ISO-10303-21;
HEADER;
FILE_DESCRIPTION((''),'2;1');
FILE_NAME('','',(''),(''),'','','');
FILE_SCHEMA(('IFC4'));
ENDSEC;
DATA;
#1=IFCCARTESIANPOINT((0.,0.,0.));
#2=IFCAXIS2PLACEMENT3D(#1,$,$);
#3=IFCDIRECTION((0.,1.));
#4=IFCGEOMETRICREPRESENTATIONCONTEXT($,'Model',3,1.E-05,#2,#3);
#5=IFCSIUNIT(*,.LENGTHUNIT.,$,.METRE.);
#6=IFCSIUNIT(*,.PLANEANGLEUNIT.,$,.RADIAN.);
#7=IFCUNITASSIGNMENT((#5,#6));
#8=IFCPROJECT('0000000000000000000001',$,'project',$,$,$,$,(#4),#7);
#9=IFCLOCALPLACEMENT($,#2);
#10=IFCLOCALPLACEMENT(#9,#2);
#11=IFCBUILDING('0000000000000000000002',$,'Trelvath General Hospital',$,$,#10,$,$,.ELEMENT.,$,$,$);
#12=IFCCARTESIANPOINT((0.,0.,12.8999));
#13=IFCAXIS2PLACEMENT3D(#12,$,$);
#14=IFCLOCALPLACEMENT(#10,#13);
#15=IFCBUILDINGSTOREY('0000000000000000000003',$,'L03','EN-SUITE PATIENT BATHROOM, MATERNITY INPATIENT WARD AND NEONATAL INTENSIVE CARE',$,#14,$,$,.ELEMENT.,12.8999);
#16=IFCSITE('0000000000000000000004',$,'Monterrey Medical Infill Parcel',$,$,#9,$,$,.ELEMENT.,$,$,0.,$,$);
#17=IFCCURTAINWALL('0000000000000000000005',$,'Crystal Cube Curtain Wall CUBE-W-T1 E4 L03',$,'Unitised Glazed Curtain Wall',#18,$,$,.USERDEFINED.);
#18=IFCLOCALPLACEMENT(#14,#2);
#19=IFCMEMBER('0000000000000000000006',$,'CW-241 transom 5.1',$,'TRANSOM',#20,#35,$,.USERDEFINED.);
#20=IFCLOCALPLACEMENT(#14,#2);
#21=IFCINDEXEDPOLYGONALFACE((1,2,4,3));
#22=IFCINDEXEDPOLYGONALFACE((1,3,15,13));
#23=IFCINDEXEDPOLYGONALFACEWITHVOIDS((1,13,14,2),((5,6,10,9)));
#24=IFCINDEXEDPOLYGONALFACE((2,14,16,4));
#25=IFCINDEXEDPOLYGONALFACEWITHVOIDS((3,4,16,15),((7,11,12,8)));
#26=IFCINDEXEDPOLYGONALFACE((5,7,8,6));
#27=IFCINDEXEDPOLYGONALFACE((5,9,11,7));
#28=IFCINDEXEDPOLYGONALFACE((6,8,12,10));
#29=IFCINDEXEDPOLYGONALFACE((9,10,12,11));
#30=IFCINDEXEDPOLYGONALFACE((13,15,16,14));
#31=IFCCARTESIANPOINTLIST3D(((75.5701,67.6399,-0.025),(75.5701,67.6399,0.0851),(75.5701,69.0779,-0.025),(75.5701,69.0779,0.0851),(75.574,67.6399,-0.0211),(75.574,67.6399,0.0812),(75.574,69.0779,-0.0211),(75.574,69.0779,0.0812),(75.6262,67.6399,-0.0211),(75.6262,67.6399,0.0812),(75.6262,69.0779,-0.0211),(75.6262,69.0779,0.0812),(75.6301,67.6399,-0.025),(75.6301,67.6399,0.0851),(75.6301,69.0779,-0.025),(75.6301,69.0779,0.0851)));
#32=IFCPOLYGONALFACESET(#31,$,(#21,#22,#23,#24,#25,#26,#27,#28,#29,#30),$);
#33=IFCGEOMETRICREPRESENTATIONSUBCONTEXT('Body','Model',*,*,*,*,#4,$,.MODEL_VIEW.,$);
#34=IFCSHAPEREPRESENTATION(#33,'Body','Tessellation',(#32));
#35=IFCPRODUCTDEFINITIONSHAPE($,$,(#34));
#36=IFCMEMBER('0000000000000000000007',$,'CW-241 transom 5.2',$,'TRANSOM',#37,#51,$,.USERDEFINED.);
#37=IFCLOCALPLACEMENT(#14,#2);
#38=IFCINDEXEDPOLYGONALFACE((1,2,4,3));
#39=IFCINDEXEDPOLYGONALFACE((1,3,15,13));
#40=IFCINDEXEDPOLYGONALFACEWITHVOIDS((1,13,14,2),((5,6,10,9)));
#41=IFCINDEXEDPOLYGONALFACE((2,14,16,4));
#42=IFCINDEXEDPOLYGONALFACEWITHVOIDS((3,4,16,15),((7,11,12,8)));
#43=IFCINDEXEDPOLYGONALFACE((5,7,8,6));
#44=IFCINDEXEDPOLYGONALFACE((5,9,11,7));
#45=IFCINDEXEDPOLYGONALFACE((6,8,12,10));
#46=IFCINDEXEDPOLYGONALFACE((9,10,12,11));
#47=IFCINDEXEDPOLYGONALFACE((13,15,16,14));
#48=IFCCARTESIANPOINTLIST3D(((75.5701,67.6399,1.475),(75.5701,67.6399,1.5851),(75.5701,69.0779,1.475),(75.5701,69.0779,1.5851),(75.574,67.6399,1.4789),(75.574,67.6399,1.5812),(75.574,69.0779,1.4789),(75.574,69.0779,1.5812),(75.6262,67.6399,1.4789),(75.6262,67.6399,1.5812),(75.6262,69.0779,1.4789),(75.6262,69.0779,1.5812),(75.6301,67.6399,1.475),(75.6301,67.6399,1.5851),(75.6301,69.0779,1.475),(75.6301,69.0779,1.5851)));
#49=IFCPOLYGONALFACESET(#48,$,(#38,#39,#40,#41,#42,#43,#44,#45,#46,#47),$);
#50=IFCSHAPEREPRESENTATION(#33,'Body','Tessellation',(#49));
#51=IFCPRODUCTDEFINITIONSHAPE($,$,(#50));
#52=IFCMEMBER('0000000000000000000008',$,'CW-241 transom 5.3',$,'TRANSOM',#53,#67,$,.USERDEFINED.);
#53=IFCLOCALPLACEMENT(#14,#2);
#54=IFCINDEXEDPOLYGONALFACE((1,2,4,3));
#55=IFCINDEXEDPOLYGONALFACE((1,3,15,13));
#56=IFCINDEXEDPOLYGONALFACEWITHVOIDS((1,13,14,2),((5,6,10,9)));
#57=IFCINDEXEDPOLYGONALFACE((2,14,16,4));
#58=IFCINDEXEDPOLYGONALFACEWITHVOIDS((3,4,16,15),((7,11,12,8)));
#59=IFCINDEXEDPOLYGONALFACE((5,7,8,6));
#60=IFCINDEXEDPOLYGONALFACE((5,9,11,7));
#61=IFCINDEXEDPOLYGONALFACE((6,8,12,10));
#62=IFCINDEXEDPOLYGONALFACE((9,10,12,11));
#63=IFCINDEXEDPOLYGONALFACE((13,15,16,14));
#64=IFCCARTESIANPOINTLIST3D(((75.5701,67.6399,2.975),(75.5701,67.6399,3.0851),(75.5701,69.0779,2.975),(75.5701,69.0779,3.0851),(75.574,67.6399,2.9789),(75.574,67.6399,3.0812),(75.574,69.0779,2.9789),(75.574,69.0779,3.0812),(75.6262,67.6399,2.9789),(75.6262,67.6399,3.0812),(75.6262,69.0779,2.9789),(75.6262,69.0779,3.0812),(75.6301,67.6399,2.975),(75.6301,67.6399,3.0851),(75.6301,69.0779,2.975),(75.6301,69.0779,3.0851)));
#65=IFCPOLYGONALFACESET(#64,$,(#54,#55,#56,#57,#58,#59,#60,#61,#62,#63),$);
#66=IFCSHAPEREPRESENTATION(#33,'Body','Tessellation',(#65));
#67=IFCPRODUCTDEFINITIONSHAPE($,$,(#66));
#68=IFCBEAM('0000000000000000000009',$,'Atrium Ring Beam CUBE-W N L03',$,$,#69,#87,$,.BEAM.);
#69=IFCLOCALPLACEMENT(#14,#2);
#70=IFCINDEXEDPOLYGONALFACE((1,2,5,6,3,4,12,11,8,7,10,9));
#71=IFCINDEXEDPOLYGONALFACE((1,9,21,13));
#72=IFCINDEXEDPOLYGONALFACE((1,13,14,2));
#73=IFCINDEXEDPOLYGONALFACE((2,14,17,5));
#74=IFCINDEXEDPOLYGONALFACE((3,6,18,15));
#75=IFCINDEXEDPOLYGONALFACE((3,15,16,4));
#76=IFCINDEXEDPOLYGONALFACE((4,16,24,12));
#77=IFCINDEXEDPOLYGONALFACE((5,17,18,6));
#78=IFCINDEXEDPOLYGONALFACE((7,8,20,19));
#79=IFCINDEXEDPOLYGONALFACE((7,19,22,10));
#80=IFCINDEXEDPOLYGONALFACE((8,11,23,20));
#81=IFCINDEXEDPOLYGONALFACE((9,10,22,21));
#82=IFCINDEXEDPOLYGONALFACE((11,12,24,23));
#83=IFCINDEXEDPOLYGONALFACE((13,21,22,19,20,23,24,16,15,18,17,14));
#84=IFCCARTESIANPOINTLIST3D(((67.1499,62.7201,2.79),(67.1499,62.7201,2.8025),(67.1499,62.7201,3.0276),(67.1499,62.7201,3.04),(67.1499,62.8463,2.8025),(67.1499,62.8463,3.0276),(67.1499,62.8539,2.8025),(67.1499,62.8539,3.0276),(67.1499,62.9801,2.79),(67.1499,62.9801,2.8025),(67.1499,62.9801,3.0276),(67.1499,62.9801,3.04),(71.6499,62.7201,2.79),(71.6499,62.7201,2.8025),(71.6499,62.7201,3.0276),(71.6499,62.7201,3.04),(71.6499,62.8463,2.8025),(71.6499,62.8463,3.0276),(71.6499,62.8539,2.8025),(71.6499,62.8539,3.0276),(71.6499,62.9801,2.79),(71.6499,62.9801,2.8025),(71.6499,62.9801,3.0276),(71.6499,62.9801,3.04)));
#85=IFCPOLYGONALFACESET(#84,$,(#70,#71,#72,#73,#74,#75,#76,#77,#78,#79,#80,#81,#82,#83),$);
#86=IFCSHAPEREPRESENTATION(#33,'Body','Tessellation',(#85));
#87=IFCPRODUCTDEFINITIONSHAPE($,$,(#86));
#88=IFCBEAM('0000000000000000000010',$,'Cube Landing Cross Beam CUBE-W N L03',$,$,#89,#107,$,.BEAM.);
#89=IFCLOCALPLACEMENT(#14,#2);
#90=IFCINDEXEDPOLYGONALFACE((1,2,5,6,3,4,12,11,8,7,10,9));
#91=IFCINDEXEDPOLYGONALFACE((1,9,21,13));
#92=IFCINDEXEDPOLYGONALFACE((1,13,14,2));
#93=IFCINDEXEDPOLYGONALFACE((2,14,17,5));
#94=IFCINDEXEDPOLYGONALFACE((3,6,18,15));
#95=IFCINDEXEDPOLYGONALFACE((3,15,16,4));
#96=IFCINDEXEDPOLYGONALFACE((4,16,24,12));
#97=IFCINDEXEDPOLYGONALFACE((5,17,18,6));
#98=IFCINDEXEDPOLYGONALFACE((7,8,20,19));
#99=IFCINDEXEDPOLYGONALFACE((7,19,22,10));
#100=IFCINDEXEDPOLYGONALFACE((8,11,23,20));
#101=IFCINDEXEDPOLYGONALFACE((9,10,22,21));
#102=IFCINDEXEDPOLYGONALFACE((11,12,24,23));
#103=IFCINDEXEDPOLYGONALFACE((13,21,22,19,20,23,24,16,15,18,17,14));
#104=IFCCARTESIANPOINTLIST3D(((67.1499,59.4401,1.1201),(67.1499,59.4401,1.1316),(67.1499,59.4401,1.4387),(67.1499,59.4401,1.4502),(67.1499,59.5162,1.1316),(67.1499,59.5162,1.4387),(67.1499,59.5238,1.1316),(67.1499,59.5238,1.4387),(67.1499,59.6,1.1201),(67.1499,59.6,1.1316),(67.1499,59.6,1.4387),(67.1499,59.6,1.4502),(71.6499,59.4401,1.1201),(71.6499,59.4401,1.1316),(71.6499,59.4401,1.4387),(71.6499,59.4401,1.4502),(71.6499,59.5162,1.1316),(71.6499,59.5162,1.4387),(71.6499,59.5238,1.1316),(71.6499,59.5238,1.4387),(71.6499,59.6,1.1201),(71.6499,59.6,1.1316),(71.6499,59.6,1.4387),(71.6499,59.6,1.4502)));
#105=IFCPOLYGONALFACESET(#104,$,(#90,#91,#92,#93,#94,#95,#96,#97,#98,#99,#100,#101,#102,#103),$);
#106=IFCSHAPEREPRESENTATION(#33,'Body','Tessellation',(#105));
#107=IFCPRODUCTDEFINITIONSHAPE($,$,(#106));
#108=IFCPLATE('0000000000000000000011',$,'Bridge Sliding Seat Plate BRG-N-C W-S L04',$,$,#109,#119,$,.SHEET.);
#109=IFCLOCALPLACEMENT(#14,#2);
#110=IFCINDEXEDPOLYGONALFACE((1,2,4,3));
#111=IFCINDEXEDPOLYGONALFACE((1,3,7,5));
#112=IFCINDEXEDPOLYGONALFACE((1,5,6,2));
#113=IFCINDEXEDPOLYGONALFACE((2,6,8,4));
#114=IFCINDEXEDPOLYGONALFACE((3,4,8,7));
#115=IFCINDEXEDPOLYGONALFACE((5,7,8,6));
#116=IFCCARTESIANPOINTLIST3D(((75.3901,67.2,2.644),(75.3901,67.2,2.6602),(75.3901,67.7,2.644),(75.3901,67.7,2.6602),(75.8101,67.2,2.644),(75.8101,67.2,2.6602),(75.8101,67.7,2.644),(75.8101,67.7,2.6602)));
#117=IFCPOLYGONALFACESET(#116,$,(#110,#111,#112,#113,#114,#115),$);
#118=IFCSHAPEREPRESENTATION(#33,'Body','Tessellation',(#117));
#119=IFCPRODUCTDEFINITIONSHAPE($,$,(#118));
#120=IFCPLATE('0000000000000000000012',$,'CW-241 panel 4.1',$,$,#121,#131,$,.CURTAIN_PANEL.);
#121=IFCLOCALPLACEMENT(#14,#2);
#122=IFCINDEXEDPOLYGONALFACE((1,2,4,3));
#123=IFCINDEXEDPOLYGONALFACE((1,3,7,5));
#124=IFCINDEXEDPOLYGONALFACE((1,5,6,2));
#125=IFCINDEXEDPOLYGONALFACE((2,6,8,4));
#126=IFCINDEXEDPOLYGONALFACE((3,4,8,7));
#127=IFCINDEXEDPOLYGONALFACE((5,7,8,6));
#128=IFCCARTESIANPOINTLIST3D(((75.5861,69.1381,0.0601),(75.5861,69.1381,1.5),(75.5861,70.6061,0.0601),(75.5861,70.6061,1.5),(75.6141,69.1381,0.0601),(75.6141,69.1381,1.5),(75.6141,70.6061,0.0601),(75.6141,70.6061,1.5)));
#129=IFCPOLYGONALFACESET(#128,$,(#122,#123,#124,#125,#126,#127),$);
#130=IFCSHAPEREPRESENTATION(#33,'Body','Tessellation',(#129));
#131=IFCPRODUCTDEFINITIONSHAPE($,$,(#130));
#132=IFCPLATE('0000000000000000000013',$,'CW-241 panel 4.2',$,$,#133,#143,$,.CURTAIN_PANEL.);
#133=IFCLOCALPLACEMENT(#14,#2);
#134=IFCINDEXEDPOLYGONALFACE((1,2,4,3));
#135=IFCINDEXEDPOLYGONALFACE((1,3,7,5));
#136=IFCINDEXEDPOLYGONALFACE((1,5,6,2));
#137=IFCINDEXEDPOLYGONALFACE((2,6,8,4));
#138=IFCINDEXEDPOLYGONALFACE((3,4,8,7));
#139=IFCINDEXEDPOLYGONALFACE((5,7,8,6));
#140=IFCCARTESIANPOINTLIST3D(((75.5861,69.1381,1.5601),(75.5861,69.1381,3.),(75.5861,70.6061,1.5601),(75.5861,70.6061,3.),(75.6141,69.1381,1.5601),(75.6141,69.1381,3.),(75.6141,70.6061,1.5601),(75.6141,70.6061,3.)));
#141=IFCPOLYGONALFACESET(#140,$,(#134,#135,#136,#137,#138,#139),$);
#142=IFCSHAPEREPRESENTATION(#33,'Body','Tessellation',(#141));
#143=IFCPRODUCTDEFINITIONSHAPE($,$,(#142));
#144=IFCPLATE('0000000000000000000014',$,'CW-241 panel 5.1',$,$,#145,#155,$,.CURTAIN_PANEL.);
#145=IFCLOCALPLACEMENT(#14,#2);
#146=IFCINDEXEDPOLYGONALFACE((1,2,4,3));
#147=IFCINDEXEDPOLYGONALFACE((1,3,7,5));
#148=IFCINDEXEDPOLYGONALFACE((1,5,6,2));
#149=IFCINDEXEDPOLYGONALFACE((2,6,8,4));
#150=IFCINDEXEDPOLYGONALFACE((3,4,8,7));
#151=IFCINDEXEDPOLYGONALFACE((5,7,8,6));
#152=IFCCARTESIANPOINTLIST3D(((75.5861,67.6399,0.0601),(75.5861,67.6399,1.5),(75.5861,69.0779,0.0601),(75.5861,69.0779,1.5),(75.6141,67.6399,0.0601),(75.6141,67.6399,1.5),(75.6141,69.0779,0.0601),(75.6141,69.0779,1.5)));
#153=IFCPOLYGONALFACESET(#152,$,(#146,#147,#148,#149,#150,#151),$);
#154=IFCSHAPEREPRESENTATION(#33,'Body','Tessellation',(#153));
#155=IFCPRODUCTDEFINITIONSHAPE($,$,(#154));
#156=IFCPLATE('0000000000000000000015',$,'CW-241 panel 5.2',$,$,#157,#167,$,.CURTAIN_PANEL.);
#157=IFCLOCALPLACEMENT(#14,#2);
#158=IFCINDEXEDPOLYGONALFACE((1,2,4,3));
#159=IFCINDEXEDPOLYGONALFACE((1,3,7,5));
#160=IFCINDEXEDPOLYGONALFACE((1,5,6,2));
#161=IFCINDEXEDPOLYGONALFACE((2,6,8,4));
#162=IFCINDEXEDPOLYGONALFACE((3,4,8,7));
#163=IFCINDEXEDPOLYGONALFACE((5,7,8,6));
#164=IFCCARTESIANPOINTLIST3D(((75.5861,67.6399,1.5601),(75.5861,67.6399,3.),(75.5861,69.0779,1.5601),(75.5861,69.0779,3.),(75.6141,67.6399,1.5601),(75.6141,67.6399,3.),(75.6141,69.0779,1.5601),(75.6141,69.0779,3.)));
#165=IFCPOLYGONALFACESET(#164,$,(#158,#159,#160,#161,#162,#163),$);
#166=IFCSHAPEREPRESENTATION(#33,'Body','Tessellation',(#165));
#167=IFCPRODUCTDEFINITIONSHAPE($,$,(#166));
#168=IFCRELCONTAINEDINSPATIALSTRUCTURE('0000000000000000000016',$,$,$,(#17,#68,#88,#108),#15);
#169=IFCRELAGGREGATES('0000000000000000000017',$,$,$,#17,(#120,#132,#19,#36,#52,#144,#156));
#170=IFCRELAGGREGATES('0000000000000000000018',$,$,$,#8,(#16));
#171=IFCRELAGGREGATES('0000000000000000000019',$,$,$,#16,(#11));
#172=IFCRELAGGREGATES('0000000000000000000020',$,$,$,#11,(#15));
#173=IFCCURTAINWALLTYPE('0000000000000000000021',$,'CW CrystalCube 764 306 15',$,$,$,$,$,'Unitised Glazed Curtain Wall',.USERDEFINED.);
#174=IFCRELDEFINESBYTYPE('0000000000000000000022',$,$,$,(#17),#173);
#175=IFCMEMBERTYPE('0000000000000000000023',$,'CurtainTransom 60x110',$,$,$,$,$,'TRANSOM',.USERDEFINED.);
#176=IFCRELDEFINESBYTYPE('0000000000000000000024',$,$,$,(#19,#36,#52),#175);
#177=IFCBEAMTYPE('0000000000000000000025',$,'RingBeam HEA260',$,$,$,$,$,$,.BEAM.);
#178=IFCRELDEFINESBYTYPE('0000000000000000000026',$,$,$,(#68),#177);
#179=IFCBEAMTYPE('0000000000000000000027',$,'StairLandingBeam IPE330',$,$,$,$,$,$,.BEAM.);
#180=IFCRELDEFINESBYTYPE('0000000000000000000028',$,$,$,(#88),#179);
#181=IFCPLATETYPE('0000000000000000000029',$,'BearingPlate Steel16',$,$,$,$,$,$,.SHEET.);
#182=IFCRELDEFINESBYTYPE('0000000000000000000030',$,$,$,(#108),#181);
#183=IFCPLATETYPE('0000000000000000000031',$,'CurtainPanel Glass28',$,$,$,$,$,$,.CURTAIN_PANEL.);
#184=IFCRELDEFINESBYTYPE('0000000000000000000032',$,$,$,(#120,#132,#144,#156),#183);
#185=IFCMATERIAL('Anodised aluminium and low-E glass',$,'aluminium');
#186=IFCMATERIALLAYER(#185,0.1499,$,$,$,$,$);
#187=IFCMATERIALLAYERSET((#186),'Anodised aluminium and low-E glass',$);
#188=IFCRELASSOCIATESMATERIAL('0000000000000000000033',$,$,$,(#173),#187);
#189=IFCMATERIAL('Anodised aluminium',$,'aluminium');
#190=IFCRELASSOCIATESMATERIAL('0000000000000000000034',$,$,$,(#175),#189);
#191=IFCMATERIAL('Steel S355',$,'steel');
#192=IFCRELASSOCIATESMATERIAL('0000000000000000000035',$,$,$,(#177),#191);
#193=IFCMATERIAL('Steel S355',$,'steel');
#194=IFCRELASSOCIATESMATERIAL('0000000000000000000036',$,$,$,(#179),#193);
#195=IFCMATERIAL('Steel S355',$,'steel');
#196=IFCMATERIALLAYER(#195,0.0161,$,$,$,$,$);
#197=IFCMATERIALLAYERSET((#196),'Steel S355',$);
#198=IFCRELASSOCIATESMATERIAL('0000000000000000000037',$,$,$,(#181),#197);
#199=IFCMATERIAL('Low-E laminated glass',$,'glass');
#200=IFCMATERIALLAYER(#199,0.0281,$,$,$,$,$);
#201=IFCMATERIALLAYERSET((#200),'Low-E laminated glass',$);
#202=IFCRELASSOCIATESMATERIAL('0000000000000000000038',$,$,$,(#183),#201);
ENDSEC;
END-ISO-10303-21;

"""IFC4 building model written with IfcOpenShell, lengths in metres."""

from ifc_helpers import new_model, si_unit, direction, frame, origin, origin_2d, place, context, subcontext, project, spatial, rectangle, hollow_rectangle, i_section, extrude, material, layer, layer_set, material_profile, profile_set, type_object, element, aggregate, save


model = new_model("IFC4")

# Units and contexts
model_context = context("Model", 3, precision=1e-05, world=origin(), true_north=direction((0.0, 1.0)))
body_context = subcontext(model_context, "Body", "Model", "MODEL_VIEW")
ifc_project = project(units=[si_unit("LENGTHUNIT", "METRE"), si_unit("PLANEANGLEUNIT", "RADIAN")], contexts=[model_context])

# Site, building, storey
site_placement = place(None, origin())
site = spatial("IfcSite", under=ifc_project, at=site_placement, Name="Monterrey Medical Infill Parcel", CompositionType="ELEMENT", RefElevation=0.0)
building_placement = place(site_placement, origin())
building = spatial("IfcBuilding", under=site, at=building_placement, Name="Trelvath General Hospital", CompositionType="ELEMENT")
storey_placement = place(building_placement, frame((0.0, 0.0, 12.8999)))
storey = spatial("IfcBuildingStorey", under=building, at=storey_placement, Name="L03", Description="EN-SUITE PATIENT BATHROOM, MATERNITY INPATIENT WARD AND NEONATAL INTENSIVE CARE", CompositionType="ELEMENT", Elevation=12.8999)

# Curtain wall, members
ifc_material_1 = material(Name="Anodised aluminium and low-E glass", Category="aluminium")
ifc_layer_1 = layer(ifc_material_1, 0.1499)
ifc_layer_set_1 = layer_set([ifc_layer_1], Name="Anodised aluminium and low-E glass")
curtain_wall_type = type_object("IfcCurtainWallType", Name="CW CrystalCube 764 306 15", ElementType="Unitised Glazed Curtain Wall", PredefinedType="USERDEFINED", material=ifc_layer_set_1)
curtain_wall_placement = place(storey_placement, origin())
curtain_wall = element("IfcCurtainWall", 1, at=curtain_wall_placement, inside=storey, type_object=curtain_wall_type, Name="Crystal Cube Curtain Wall CUBE-W-T1 E4 L03", ObjectType="Unitised Glazed Curtain Wall", PredefinedType="USERDEFINED")
ifc_material_2 = material(Name="Anodised aluminium", Category="aluminium")
ifc_material_profile_1 = material_profile(ifc_material_2, hollow_rectangle(XDim=0.0601, YDim=0.1101, WallThickness=0.0039, at=origin_2d()), Name="RHS60x110x4")
ifc_profile_set_1 = profile_set([ifc_material_profile_1], Name="Anodised aluminium")
member_type_1 = type_object("IfcMemberType", Name="CurtainTransom 60x110", ElementType="TRANSOM", PredefinedType="USERDEFINED", material=ifc_profile_set_1)
member_1_placement = place(storey_placement, frame((75.6001, 69.0779, 0.03), z_axis=(0.0, -1.0, 0.0), x_axis=(1.0, 0.0, 0.0)))
member_1 = element("IfcMember", 2, at=member_1_placement, type_object=member_type_1, Name="CW-241 transom 5.1", ObjectType="TRANSOM", PredefinedType="USERDEFINED", context=body_context, shape_type="SweptSolid", body=[
    extrude(hollow_rectangle(XDim=0.0601, YDim=0.1101, WallThickness=0.0039, at=origin_2d()), origin(), (0.0, 0.0, 1.0), 1.438),
])
member_2_placement = place(storey_placement, frame((75.6001, 69.0779, 1.53), z_axis=(0.0, -1.0, 0.0), x_axis=(1.0, 0.0, 0.0)))
member_2 = element("IfcMember", 3, at=member_2_placement, type_object=member_type_1, Name="CW-241 transom 5.2", ObjectType="TRANSOM", PredefinedType="USERDEFINED", context=body_context, shape_type="SweptSolid", body=[
    extrude(hollow_rectangle(XDim=0.0601, YDim=0.1101, WallThickness=0.0039, at=origin_2d()), origin(), (0.0, 0.0, 1.0), 1.438),
])
member_3_placement = place(storey_placement, frame((75.6001, 69.0779, 3.03), z_axis=(0.0, -1.0, 0.0), x_axis=(1.0, 0.0, 0.0)))
member_3 = element("IfcMember", 4, at=member_3_placement, type_object=member_type_1, Name="CW-241 transom 5.3", ObjectType="TRANSOM", PredefinedType="USERDEFINED", context=body_context, shape_type="SweptSolid", body=[
    extrude(hollow_rectangle(XDim=0.0601, YDim=0.1101, WallThickness=0.0039, at=origin_2d()), origin(), (0.0, 0.0, 1.0), 1.438),
])

# Beams
ifc_material_3 = material(Name="Steel S355", Category="steel")
ifc_material_profile_2 = material_profile(ifc_material_3, i_section(OverallWidth=0.26, OverallDepth=0.25, WebThickness=0.0076, FlangeThickness=0.0125, at=origin_2d()), Name="HEA260")
ifc_profile_set_2 = profile_set([ifc_material_profile_2], Name="Steel S355")
beam_type_1 = type_object("IfcBeamType", Name="RingBeam HEA260", PredefinedType="BEAM", material=ifc_profile_set_2)
beam_1_placement = place(storey_placement, frame((67.1499, 62.8501, 2.915), z_axis=(1.0, 0.0, 0.0), x_axis=(0.0, 1.0, 0.0)))
element("IfcBeam", 5, at=beam_1_placement, inside=storey, type_object=beam_type_1, Name="Atrium Ring Beam CUBE-W N L03", PredefinedType="BEAM", context=body_context, shape_type="SweptSolid", body=[
    extrude(i_section(OverallWidth=0.26, OverallDepth=0.25, WebThickness=0.0076, FlangeThickness=0.0125, at=origin_2d()), origin(), (0.0, 0.0, 1.0), 4.5),
])
ifc_material_4 = material(Name="Steel S355", Category="steel")
ifc_material_profile_3 = material_profile(ifc_material_4, i_section(OverallWidth=0.1599, OverallDepth=0.3301, WebThickness=0.0076, FlangeThickness=0.0115, at=origin_2d()), Name="IPE330")
ifc_profile_set_3 = profile_set([ifc_material_profile_3], Name="Steel S355")
beam_type_2 = type_object("IfcBeamType", Name="StairLandingBeam IPE330", PredefinedType="BEAM", material=ifc_profile_set_3)
beam_2_placement = place(storey_placement, frame((67.1499, 59.52, 1.2852), z_axis=(1.0, 0.0, 0.0), x_axis=(0.0, 1.0, 0.0)))
element("IfcBeam", 6, at=beam_2_placement, inside=storey, type_object=beam_type_2, Name="Cube Landing Cross Beam CUBE-W N L03", PredefinedType="BEAM", context=body_context, shape_type="SweptSolid", body=[
    extrude(i_section(OverallWidth=0.1599, OverallDepth=0.3301, WebThickness=0.0076, FlangeThickness=0.0115, at=origin_2d()), origin(), (0.0, 0.0, 1.0), 4.5),
])

# Plates
ifc_material_5 = material(Name="Steel S355", Category="steel")
ifc_layer_2 = layer(ifc_material_5, 0.0161)
ifc_layer_set_2 = layer_set([ifc_layer_2], Name="Steel S355")
plate_type_1 = type_object("IfcPlateType", Name="BearingPlate Steel16", PredefinedType="SHEET", material=ifc_layer_set_2)
plate_1_placement = place(storey_placement, frame((75.6001, 67.45, 2.644), z_axis=(0.0, 0.0, 1.0), x_axis=(1.0, 0.0, 0.0)))
element("IfcPlate", 7, at=plate_1_placement, inside=storey, type_object=plate_type_1, Name="Bridge Sliding Seat Plate BRG-N-C W-S L04", PredefinedType="SHEET", context=body_context, shape_type="SweptSolid", body=[
    extrude(rectangle(XDim=0.4199, YDim=0.5, at=origin_2d()), origin(), (0.0, 0.0, 1.0), 0.0161),
])
ifc_material_6 = material(Name="Low-E laminated glass", Category="glass")
ifc_layer_3 = layer(ifc_material_6, 0.0281)
ifc_layer_set_3 = layer_set([ifc_layer_3], Name="Low-E laminated glass")
plate_type_2 = type_object("IfcPlateType", Name="CurtainPanel Glass28", PredefinedType="CURTAIN_PANEL", material=ifc_layer_set_3)
plate_2_placement = place(storey_placement, frame((75.6001, 69.8721, 0.0601), z_axis=(0.0, 0.0, 1.0), x_axis=(0.0, -1.0, 0.0)))
plate_2 = element("IfcPlate", 8, at=plate_2_placement, type_object=plate_type_2, Name="CW-241 panel 4.1", PredefinedType="CURTAIN_PANEL", context=body_context, shape_type="SweptSolid", body=[
    extrude(rectangle(XDim=1.468, YDim=0.0281, at=origin_2d()), origin(), (0.0, 0.0, 1.0), 1.4399),
])
plate_3_placement = place(storey_placement, frame((75.6001, 69.8721, 1.5601), z_axis=(0.0, 0.0, 1.0), x_axis=(0.0, -1.0, 0.0)))
plate_3 = element("IfcPlate", 9, at=plate_3_placement, type_object=plate_type_2, Name="CW-241 panel 4.2", PredefinedType="CURTAIN_PANEL", context=body_context, shape_type="SweptSolid", body=[
    extrude(rectangle(XDim=1.468, YDim=0.0281, at=origin_2d()), origin(), (0.0, 0.0, 1.0), 1.4399),
])
plate_4_placement = place(storey_placement, frame((75.6001, 68.3589, 0.0601), z_axis=(0.0, 0.0, 1.0), x_axis=(0.0, -1.0, 0.0)))
plate_4 = element("IfcPlate", 10, at=plate_4_placement, type_object=plate_type_2, Name="CW-241 panel 5.1", PredefinedType="CURTAIN_PANEL", context=body_context, shape_type="SweptSolid", body=[
    extrude(rectangle(XDim=1.438, YDim=0.0281, at=origin_2d()), origin(), (0.0, 0.0, 1.0), 1.4399),
])
plate_5_placement = place(storey_placement, frame((75.6001, 68.3589, 1.5601), z_axis=(0.0, 0.0, 1.0), x_axis=(0.0, -1.0, 0.0)))
plate_5 = element("IfcPlate", 11, at=plate_5_placement, type_object=plate_type_2, Name="CW-241 panel 5.2", PredefinedType="CURTAIN_PANEL", context=body_context, shape_type="SweptSolid", body=[
    extrude(rectangle(XDim=1.438, YDim=0.0281, at=origin_2d()), origin(), (0.0, 0.0, 1.0), 1.4399),
])
aggregate(curtain_wall, [plate_2, plate_3, member_1, member_2, member_3, plate_4, plate_5])

save(model, "model.ifc")
